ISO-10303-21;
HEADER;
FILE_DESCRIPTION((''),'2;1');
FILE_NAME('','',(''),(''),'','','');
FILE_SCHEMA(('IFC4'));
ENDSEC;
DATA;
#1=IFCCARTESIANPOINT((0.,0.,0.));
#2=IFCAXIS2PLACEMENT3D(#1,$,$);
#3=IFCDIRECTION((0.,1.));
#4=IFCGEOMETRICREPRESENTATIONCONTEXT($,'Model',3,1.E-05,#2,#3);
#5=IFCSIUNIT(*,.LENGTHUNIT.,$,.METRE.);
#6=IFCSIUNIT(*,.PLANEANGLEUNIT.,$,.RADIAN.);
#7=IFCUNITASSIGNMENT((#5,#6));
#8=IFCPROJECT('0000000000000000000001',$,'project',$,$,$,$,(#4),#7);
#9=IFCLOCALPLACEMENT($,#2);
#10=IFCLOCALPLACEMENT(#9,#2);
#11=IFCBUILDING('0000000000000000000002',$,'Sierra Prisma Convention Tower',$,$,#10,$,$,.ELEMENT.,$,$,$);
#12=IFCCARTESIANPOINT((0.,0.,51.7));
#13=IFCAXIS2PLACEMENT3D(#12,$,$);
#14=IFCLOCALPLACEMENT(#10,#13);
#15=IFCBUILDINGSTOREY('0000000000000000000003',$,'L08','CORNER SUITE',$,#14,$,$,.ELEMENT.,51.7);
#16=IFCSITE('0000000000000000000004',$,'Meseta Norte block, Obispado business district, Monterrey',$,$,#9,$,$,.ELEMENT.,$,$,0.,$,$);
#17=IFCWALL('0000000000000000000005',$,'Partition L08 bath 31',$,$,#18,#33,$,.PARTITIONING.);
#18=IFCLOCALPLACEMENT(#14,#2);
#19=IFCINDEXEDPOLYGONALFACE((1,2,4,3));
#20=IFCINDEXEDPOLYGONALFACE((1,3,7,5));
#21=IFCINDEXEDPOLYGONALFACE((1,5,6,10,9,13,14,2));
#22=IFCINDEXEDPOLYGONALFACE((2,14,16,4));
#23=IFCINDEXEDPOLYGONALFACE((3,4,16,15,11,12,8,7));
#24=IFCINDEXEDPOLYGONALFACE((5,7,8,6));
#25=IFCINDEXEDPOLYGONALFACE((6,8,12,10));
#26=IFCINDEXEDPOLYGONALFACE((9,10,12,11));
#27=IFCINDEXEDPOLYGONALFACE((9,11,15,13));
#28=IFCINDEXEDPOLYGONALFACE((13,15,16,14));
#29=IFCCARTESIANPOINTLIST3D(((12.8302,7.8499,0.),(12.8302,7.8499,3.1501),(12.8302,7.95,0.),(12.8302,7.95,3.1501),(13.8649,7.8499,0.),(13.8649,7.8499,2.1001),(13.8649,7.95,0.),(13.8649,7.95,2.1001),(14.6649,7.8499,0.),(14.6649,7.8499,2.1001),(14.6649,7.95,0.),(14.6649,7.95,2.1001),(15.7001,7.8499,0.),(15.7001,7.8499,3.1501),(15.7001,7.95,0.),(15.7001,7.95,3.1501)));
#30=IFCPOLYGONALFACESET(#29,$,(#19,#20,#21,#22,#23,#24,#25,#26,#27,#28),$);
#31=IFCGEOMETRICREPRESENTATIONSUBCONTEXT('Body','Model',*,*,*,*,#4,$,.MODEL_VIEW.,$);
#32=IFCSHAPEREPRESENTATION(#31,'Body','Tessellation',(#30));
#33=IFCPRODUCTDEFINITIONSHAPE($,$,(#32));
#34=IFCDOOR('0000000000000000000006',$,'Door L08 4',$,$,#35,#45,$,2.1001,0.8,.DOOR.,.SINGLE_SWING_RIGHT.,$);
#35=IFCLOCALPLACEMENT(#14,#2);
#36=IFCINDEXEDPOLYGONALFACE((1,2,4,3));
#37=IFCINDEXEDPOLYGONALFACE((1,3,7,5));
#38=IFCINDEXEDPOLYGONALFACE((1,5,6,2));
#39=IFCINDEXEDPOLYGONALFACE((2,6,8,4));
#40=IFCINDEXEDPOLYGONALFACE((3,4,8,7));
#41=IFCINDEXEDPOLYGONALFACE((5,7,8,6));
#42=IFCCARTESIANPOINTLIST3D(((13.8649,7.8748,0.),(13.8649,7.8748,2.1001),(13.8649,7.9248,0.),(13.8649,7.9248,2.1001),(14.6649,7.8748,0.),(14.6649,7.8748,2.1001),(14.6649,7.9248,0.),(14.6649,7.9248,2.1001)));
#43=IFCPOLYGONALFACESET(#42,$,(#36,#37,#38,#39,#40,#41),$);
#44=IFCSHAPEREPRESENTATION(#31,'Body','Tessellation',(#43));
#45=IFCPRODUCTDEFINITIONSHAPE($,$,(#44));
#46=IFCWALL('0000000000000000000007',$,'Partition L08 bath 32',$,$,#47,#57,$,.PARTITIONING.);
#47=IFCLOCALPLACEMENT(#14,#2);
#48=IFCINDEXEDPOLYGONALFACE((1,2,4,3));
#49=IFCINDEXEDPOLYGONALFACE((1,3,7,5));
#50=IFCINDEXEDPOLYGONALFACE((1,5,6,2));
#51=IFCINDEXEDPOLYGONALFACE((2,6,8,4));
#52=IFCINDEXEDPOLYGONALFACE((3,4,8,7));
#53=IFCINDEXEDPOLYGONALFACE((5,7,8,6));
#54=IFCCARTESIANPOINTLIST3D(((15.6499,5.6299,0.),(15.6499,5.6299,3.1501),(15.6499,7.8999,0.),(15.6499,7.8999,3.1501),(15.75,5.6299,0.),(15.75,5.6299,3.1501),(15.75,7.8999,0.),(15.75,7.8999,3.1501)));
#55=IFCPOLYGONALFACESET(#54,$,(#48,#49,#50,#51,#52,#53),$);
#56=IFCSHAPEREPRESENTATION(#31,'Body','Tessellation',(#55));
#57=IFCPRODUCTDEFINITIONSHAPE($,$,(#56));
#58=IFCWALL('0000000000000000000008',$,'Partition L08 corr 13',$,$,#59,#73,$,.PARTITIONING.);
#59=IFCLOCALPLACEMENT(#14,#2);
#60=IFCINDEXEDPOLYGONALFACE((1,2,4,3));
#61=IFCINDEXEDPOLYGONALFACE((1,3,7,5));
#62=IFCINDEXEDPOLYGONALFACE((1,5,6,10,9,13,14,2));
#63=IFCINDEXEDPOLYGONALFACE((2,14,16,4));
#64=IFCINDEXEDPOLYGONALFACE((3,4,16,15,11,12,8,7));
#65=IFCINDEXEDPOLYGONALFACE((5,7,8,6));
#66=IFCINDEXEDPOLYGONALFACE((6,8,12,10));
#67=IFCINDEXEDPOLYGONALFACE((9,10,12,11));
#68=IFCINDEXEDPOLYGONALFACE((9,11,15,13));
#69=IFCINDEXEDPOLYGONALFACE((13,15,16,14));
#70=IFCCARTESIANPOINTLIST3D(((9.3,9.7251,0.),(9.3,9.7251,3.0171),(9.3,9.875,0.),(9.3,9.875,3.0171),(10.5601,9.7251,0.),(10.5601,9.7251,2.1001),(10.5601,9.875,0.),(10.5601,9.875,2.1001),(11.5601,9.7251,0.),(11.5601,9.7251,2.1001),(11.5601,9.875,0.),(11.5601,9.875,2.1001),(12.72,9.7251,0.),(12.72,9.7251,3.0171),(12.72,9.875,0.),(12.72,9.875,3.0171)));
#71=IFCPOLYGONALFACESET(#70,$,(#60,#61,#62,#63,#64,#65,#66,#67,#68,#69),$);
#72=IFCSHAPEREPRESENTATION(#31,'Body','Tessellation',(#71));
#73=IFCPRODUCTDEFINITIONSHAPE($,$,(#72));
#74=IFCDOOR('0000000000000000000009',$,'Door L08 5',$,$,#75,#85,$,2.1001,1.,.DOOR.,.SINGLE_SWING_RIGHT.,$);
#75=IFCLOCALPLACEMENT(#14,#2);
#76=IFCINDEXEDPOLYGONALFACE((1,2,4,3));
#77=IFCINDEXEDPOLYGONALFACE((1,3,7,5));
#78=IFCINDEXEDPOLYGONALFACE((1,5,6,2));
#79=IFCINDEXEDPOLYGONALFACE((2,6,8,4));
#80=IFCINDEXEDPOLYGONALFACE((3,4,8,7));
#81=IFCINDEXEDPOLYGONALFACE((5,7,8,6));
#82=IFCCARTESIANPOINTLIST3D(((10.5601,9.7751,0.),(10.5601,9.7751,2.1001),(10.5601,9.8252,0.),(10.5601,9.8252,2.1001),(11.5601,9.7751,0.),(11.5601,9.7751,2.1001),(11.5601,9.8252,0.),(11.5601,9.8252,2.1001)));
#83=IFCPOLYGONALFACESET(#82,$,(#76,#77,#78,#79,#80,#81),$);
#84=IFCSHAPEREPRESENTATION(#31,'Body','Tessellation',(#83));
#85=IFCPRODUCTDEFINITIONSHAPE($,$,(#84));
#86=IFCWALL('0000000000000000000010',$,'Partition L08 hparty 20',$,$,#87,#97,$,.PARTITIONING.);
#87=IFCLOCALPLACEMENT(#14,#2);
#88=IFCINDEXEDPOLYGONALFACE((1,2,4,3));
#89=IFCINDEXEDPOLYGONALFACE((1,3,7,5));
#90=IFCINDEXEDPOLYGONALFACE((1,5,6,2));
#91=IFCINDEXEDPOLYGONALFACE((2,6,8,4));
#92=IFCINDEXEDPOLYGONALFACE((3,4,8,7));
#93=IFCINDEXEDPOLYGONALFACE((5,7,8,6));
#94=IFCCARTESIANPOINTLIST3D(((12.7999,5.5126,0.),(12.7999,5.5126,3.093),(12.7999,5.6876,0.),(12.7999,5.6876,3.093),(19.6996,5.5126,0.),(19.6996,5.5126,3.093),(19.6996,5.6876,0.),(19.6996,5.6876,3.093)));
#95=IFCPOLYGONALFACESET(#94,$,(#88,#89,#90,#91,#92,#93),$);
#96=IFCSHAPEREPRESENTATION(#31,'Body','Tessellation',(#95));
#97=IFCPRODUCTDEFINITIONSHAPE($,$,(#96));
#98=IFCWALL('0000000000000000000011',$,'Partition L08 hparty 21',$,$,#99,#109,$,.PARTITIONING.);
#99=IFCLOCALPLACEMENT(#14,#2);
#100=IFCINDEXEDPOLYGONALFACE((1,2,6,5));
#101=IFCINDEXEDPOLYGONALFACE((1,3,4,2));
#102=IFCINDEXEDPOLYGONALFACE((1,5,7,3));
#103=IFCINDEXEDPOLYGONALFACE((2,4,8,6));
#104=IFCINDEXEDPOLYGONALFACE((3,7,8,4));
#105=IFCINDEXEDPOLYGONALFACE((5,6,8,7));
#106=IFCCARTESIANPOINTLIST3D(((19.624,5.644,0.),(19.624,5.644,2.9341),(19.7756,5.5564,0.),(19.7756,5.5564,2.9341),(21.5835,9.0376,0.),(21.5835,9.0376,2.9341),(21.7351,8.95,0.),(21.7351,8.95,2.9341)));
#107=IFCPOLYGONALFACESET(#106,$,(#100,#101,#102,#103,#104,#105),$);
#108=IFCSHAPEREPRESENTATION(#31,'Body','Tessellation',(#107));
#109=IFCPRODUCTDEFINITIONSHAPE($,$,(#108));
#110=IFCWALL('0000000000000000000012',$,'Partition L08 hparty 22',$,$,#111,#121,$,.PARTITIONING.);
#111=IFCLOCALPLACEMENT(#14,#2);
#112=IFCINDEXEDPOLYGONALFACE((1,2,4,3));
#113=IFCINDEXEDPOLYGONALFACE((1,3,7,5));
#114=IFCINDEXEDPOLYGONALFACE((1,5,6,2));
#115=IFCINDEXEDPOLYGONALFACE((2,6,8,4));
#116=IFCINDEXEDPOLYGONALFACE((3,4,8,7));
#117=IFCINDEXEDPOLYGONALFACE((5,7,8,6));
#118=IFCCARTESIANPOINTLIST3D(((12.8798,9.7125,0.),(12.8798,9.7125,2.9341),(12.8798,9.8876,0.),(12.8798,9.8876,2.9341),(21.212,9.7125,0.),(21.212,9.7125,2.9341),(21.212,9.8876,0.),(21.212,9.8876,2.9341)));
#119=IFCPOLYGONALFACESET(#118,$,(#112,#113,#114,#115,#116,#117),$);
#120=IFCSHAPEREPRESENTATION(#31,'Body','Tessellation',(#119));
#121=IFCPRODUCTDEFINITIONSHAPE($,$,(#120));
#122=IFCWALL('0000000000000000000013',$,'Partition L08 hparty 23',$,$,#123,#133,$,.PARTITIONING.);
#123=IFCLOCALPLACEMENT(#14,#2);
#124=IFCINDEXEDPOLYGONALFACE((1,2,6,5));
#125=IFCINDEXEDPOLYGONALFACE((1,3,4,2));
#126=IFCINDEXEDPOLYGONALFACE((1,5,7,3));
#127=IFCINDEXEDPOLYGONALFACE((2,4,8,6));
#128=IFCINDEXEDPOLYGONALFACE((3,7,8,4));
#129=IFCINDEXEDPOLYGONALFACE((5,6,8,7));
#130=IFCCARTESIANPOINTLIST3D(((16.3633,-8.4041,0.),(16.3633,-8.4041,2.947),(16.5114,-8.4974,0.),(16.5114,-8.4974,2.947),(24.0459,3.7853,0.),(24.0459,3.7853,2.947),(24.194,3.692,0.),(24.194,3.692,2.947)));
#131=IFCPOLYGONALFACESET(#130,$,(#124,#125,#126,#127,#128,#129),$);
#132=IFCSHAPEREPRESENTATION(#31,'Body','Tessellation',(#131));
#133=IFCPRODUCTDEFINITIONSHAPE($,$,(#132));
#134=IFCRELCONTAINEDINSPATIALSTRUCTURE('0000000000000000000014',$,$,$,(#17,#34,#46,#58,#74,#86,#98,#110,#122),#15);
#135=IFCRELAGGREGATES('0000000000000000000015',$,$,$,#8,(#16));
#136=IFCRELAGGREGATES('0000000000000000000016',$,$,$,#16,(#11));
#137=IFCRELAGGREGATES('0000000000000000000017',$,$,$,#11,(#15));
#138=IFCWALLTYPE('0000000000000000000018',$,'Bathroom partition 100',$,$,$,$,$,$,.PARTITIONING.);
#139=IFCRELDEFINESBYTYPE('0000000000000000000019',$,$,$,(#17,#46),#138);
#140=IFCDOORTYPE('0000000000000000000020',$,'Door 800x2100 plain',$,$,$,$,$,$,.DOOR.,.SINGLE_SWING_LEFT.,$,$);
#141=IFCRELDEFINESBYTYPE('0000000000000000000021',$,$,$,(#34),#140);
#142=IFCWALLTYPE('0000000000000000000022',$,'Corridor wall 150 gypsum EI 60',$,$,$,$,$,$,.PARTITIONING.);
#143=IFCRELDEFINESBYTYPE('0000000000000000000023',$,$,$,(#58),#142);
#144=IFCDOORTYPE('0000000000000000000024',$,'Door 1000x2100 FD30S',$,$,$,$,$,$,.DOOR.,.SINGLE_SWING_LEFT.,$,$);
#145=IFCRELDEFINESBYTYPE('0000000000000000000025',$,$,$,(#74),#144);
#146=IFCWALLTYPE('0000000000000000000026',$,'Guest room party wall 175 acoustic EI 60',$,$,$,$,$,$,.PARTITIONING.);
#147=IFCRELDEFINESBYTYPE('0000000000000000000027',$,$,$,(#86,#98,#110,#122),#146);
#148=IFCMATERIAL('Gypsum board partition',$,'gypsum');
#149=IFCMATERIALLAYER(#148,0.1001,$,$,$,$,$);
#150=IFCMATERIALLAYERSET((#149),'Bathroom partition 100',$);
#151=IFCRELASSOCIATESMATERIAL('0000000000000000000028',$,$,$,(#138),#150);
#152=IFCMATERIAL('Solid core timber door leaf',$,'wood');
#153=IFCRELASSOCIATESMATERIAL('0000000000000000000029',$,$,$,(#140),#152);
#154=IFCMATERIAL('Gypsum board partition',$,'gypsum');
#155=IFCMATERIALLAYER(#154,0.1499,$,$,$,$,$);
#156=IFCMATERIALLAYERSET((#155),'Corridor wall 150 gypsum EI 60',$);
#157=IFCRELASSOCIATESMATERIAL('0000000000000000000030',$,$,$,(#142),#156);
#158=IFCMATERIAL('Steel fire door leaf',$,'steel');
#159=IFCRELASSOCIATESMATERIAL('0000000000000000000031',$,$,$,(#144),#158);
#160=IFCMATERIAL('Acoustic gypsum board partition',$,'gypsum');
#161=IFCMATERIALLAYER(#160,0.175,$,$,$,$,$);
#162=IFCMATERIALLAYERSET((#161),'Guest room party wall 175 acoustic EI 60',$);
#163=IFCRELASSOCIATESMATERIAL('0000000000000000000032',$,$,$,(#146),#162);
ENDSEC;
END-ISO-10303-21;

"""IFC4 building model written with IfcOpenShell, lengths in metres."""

from ifc_helpers import new_model, si_unit, direction, frame, frame_2d, origin, place, context, subcontext, project, spatial, rectangle, extrude, material, layer, layer_set, type_object, element, fill, save


model = new_model("IFC4")

# Units and contexts
model_context = context("Model", 3, precision=1e-05, world=origin(), true_north=direction((0.0, 1.0)))
body_context = subcontext(model_context, "Body", "Model", "MODEL_VIEW")
ifc_project = project(units=[si_unit("LENGTHUNIT", "METRE"), si_unit("PLANEANGLEUNIT", "RADIAN")], contexts=[model_context])

# Site, building, storey
site_placement = place(None, origin())
site = spatial("IfcSite", under=ifc_project, at=site_placement, Name="Meseta Norte block, Obispado business district, Monterrey", CompositionType="ELEMENT", RefElevation=0.0)
building_placement = place(site_placement, origin())
building = spatial("IfcBuilding", under=site, at=building_placement, Name="Sierra Prisma Convention Tower", CompositionType="ELEMENT")
storey_placement = place(building_placement, frame((0.0, 0.0, 51.7)))
storey = spatial("IfcBuildingStorey", under=building, at=storey_placement, Name="L08", Description="CORNER SUITE", CompositionType="ELEMENT", Elevation=51.7)

# Wall, opening, door
ifc_material_1 = material(Name="Gypsum board partition", Category="gypsum")
ifc_layer_1 = layer(ifc_material_1, 0.1001)
ifc_layer_set_1 = layer_set([ifc_layer_1], Name="Bathroom partition 100")
wall_type_1 = type_object("IfcWallType", Name="Bathroom partition 100", PredefinedType="PARTITIONING", material=ifc_layer_set_1)
wall_1_placement = place(storey_placement, frame((12.8301, 7.8999, 0.0), z_axis=(0.0, 0.0, 1.0), x_axis=(1.0, 0.0, 0.0)))
wall_1 = element("IfcWall", 1, at=wall_1_placement, inside=storey, type_object=wall_type_1, Name="Partition L08 bath 31", PredefinedType="PARTITIONING", context=body_context, shape_type="SweptSolid", body=[
    extrude(rectangle(XDim=2.8699, YDim=0.1001, at=frame_2d((1.4351, 0.0))), origin(), (0.0, 0.0, 1.0), 3.1501),
])
opening_1_placement = place(wall_1_placement, frame((1.0349, 0.0, 0.0)))
opening_1 = element("IfcOpeningElement", 2, at=opening_1_placement, cuts=wall_1, PredefinedType="OPENING", context=body_context, shape_type="SweptSolid", body=[
    extrude(rectangle(XDim=0.8, YDim=2.1001, at=frame_2d((0.3999, 1.05))), frame((0.0, 0.05, 0.0), z_axis=(0.0, -1.0, 0.0), x_axis=(1.0, 0.0, 0.0)), (0.0, 0.0, 1.0), 0.1001),
])
ifc_material_2 = material(Name="Solid core timber door leaf", Category="wood")
door_type_1 = type_object("IfcDoorType", Name="Door 800x2100 plain", OperationType="SINGLE_SWING_LEFT", PredefinedType="DOOR", material=ifc_material_2)
door_1_placement = place(opening_1_placement, origin())
door_1 = element("IfcDoor", 3, at=door_1_placement, inside=storey, type_object=door_type_1, Name="Door L08 4", OperationType="SINGLE_SWING_RIGHT", OverallHeight=2.1001, OverallWidth=0.8, PredefinedType="DOOR", context=body_context, shape_type="SweptSolid", body=[
    extrude(rectangle(XDim=0.8, YDim=2.1001, at=frame_2d((0.3999, 1.05))), frame((0.0, 0.0249, 0.0), z_axis=(0.0, -1.0, 0.0), x_axis=(1.0, 0.0, 0.0)), (0.0, 0.0, 1.0), 0.05),
])
fill(opening_1, door_1)

# Wall
wall_2_placement = place(storey_placement, frame((15.7, 7.8999, 0.0), z_axis=(0.0, 0.0, 1.0), x_axis=(0.0, -1.0, 0.0)))
element("IfcWall", 4, at=wall_2_placement, inside=storey, type_object=wall_type_1, Name="Partition L08 bath 32", PredefinedType="PARTITIONING", context=body_context, shape_type="SweptSolid", body=[
    extrude(rectangle(XDim=2.27, YDim=0.1001, at=frame_2d((1.135, 0.0))), origin(), (0.0, 0.0, 1.0), 3.1501),
])

# Wall, opening, door
ifc_material_3 = material(Name="Gypsum board partition", Category="gypsum")
ifc_layer_2 = layer(ifc_material_3, 0.1499)
ifc_layer_set_2 = layer_set([ifc_layer_2], Name="Corridor wall 150 gypsum EI 60")
wall_type_2 = type_object("IfcWallType", Name="Corridor wall 150 gypsum EI 60", PredefinedType="PARTITIONING", material=ifc_layer_set_2)
wall_3_placement = place(storey_placement, frame((12.72, 9.8, 0.0), z_axis=(0.0, 0.0, 1.0), x_axis=(-1.0, 0.0, 0.0)))
wall_3 = element("IfcWall", 5, at=wall_3_placement, inside=storey, type_object=wall_type_2, Name="Partition L08 corr 13", PredefinedType="PARTITIONING", context=body_context, shape_type="SweptSolid", body=[
    extrude(rectangle(XDim=3.4199, YDim=0.1499, at=frame_2d((1.71, 0.0))), origin(), (0.0, 0.0, 1.0), 3.0171),
])
opening_2_placement = place(wall_3_placement, frame((1.1599, 0.0, 0.0)))
opening_2 = element("IfcOpeningElement", 6, at=opening_2_placement, cuts=wall_3, PredefinedType="OPENING", context=body_context, shape_type="SweptSolid", body=[
    extrude(rectangle(XDim=1.0, YDim=2.1001, at=frame_2d((0.5, 1.05))), frame((0.0, 0.075, 0.0), z_axis=(0.0, -1.0, 0.0), x_axis=(1.0, 0.0, 0.0)), (0.0, 0.0, 1.0), 0.1499),
])
ifc_material_4 = material(Name="Steel fire door leaf", Category="steel")
door_type_2 = type_object("IfcDoorType", Name="Door 1000x2100 FD30S", OperationType="SINGLE_SWING_LEFT", PredefinedType="DOOR", material=ifc_material_4)
door_2_placement = place(opening_2_placement, origin())
door_2 = element("IfcDoor", 7, at=door_2_placement, inside=storey, type_object=door_type_2, Name="Door L08 5", OperationType="SINGLE_SWING_RIGHT", OverallHeight=2.1001, OverallWidth=1.0, PredefinedType="DOOR", context=body_context, shape_type="SweptSolid", body=[
    extrude(rectangle(XDim=1.0, YDim=2.1001, at=frame_2d((0.5, 1.05))), frame((0.0, 0.0249, 0.0), z_axis=(0.0, -1.0, 0.0), x_axis=(1.0, 0.0, 0.0)), (0.0, 0.0, 1.0), 0.05),
])
fill(opening_2, door_2)

# Walls
ifc_material_5 = material(Name="Acoustic gypsum board partition", Category="gypsum")
ifc_layer_3 = layer(ifc_material_5, 0.175)
ifc_layer_set_3 = layer_set([ifc_layer_3], Name="Guest room party wall 175 acoustic EI 60")
wall_type_3 = type_object("IfcWallType", Name="Guest room party wall 175 acoustic EI 60", PredefinedType="PARTITIONING", material=ifc_layer_set_3)
wall_4_placement = place(storey_placement, frame((12.8, 5.6001, 0.0), z_axis=(0.0, 0.0, 1.0), x_axis=(1.0, 0.0, 0.0)))
element("IfcWall", 8, at=wall_4_placement, inside=storey, type_object=wall_type_3, Name="Partition L08 hparty 20", PredefinedType="PARTITIONING", context=body_context, shape_type="SweptSolid", body=[
    extrude(rectangle(XDim=6.8997, YDim=0.175, at=frame_2d((3.4497, 0.0))), origin(), (0.0, 0.0, 1.0), 3.093),
])
wall_5_placement = place(storey_placement, frame((19.6997, 5.6001, 0.0), z_axis=(0.0, 0.0, 1.0), x_axis=(0.500039, 0.866003, 0.0)))
element("IfcWall", 9, at=wall_5_placement, inside=storey, type_object=wall_type_3, Name="Partition L08 hparty 21", PredefinedType="PARTITIONING", context=body_context, shape_type="SweptSolid", body=[
    extrude(rectangle(XDim=3.9187, YDim=0.175, at=frame_2d((1.9595, 0.0))), origin(), (0.0, 0.0, 1.0), 2.9341),
])
wall_6_placement = place(storey_placement, frame((12.8799, 9.8, 0.0), z_axis=(0.0, 0.0, 1.0), x_axis=(1.0, 0.0, 0.0)))
element("IfcWall", 10, at=wall_6_placement, inside=storey, type_object=wall_type_3, Name="Partition L08 hparty 22", PredefinedType="PARTITIONING", context=body_context, shape_type="SweptSolid", body=[
    extrude(rectangle(XDim=8.3323, YDim=0.175, at=frame_2d((4.166, 0.0))), origin(), (0.0, 0.0, 1.0), 2.9341),
])
wall_7_placement = place(storey_placement, frame((24.1199, 3.7385, 0.0), z_axis=(0.0, 0.0, 1.0), x_axis=(-0.5332, -0.845989, 0.0)))
element("IfcWall", 11, at=wall_7_placement, inside=storey, type_object=wall_type_3, Name="Partition L08 hparty 23", PredefinedType="PARTITIONING", context=body_context, shape_type="SweptSolid", body=[
    extrude(rectangle(XDim=14.4084, YDim=0.175, at=frame_2d((7.2041, 0.0))), origin(), (0.0, 0.0, 1.0), 2.947),
])

save(model, "model.ifc")
